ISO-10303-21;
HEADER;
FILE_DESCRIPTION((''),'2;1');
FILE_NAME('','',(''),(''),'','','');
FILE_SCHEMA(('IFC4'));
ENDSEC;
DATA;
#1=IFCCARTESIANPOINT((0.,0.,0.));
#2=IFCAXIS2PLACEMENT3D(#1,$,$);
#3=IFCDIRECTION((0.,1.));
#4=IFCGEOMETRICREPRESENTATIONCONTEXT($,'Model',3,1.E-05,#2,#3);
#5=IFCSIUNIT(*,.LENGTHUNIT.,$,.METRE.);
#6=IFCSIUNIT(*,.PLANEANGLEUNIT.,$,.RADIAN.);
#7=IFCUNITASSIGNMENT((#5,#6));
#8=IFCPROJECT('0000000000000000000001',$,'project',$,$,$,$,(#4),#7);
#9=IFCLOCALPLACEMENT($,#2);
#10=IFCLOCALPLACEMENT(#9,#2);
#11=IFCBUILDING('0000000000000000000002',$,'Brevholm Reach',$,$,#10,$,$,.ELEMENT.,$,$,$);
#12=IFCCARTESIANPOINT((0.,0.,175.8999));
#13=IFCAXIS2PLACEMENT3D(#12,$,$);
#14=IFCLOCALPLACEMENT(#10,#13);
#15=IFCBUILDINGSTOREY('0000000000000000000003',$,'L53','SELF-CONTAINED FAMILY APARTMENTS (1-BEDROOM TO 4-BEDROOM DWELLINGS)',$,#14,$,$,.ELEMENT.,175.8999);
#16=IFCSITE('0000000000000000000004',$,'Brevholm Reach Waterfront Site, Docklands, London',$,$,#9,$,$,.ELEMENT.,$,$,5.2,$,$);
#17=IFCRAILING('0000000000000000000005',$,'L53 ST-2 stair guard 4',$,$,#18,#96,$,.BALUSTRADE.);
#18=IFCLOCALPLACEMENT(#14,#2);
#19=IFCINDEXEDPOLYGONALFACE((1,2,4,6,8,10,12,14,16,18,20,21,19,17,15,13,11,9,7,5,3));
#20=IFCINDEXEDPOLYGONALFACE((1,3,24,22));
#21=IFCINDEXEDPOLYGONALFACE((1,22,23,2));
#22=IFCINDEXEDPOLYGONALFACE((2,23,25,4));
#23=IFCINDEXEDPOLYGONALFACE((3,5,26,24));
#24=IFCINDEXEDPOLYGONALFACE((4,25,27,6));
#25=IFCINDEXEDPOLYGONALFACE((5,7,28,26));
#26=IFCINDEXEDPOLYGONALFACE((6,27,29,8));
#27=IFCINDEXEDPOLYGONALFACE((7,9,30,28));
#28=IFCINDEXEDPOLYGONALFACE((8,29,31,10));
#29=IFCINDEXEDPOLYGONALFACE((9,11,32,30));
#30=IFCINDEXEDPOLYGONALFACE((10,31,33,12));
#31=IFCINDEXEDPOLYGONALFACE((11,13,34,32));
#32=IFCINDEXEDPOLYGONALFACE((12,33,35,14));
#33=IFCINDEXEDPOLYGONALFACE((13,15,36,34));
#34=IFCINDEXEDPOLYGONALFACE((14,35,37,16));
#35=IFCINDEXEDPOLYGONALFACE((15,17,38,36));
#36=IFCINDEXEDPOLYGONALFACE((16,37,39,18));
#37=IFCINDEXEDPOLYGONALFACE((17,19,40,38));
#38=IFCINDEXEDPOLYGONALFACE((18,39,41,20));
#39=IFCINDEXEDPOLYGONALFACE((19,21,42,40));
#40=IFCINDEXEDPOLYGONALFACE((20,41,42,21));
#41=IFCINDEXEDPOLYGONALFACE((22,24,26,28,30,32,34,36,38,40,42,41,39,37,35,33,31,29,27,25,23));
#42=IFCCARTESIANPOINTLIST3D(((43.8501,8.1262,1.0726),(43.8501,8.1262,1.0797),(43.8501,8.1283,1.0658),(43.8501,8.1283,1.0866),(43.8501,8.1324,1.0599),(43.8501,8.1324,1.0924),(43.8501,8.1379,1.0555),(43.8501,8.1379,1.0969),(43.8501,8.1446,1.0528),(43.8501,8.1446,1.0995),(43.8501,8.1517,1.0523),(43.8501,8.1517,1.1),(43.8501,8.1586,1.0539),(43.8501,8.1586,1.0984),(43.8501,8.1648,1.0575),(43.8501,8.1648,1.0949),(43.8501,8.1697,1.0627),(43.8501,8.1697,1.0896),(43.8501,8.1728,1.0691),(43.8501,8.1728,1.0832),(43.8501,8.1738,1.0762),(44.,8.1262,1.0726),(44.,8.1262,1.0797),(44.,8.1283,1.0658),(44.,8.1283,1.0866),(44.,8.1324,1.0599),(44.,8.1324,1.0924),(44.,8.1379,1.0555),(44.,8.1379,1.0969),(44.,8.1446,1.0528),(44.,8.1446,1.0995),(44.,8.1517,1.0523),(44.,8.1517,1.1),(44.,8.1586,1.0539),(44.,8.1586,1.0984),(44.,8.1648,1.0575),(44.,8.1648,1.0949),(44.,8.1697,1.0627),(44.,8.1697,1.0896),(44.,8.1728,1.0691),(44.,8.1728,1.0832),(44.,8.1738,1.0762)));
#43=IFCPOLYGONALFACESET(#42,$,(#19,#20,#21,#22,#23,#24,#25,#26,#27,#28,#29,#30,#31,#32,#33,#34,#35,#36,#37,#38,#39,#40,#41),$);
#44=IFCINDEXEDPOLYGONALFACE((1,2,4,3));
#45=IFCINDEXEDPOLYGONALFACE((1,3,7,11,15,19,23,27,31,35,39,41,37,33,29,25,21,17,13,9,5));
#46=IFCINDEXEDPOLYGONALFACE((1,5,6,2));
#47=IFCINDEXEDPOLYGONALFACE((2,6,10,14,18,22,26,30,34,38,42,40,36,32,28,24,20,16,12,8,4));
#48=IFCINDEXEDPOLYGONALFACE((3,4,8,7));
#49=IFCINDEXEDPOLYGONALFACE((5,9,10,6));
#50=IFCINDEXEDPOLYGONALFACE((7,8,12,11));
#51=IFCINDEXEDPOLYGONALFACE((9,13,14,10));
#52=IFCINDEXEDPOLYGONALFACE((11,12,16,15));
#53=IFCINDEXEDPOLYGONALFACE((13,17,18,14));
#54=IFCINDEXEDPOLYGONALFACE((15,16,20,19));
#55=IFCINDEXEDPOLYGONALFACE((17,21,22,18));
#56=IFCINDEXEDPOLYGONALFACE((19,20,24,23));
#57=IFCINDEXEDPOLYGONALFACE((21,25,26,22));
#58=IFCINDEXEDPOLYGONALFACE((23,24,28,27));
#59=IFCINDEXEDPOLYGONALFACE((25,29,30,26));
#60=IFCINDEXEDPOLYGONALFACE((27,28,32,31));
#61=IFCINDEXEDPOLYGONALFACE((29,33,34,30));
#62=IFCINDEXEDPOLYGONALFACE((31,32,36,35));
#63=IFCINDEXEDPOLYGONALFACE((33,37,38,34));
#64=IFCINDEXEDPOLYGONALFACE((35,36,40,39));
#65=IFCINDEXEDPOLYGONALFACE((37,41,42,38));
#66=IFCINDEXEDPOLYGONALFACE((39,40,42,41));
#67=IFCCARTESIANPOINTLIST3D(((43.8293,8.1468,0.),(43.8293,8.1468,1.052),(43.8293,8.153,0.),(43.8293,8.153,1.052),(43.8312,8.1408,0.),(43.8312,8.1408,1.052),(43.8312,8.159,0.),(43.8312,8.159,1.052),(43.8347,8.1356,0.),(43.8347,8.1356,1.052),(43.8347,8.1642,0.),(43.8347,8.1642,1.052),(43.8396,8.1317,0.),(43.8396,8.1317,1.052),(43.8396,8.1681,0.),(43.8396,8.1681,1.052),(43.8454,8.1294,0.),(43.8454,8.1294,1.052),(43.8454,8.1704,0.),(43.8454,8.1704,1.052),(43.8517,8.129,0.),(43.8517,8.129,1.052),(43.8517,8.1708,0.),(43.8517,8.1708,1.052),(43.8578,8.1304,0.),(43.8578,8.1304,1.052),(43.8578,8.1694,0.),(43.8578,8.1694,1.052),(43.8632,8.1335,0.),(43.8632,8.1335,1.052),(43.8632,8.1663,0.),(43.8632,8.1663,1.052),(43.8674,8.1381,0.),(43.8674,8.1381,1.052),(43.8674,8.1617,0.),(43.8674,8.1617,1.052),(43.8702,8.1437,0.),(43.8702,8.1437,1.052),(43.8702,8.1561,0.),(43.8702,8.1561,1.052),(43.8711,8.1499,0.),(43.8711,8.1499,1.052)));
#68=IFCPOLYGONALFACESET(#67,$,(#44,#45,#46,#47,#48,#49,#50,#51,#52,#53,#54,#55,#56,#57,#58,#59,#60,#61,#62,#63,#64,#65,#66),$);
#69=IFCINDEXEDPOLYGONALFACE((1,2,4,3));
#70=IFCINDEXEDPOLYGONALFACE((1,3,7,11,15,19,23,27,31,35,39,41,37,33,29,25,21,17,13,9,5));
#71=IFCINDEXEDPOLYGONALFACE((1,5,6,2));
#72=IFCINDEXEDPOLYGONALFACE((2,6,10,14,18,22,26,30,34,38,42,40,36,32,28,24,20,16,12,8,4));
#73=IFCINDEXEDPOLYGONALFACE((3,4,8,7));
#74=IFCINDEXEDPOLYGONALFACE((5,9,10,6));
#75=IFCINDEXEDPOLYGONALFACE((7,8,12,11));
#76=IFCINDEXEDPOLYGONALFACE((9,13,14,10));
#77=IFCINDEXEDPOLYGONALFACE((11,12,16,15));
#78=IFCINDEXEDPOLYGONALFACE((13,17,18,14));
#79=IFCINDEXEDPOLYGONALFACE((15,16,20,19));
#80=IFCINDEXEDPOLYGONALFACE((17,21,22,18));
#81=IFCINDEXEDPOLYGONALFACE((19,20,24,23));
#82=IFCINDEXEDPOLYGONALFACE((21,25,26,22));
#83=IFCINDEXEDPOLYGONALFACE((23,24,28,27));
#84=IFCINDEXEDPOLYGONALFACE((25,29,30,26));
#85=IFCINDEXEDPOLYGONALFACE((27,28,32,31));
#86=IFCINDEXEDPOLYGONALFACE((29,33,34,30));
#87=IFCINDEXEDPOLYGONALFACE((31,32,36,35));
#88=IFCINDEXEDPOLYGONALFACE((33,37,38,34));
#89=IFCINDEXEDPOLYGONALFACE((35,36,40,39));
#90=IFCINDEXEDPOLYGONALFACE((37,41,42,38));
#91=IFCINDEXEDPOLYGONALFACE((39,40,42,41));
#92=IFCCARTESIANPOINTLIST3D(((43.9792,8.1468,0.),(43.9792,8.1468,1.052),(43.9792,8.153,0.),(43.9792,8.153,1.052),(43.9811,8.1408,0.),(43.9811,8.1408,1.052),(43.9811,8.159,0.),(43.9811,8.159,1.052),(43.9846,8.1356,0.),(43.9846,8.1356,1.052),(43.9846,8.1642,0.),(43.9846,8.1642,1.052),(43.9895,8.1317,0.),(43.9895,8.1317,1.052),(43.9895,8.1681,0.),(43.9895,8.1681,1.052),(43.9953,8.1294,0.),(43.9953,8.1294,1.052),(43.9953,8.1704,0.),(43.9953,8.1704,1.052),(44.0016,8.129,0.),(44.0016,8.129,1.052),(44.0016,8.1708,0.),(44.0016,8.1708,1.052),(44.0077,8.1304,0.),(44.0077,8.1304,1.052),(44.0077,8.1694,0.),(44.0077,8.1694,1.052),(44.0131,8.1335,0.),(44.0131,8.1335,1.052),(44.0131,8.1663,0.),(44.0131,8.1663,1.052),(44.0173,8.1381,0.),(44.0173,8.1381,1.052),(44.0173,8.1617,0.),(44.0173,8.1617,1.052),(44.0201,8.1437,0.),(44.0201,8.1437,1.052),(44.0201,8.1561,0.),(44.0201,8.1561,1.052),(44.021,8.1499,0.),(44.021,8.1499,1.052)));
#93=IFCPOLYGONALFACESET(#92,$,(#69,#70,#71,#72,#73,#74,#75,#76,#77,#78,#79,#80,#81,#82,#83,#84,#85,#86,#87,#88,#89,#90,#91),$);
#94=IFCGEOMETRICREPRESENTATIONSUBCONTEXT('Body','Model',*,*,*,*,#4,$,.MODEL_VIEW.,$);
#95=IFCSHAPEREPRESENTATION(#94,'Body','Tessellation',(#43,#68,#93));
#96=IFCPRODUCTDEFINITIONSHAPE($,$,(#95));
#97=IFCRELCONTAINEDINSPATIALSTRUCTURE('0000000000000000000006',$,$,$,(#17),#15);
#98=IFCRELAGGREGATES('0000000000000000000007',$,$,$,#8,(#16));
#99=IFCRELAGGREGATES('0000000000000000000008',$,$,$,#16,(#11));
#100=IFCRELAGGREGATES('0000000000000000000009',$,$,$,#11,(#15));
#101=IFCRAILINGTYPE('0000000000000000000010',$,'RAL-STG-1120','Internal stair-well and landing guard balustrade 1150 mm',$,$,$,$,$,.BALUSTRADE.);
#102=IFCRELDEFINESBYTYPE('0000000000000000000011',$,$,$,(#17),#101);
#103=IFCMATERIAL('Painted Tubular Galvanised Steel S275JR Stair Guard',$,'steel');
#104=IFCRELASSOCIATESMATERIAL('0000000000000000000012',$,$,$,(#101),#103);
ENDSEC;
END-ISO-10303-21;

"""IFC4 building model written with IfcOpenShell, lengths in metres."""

from ifc_helpers import new_model, si_unit, direction, frame, origin, origin_2d, place, context, subcontext, project, spatial, circle, extrude, material, type_object, element, save


model = new_model("IFC4")

# Units and contexts
model_context = context("Model", 3, precision=1e-05, world=origin(), true_north=direction((0.0, 1.0)))
body_context = subcontext(model_context, "Body", "Model", "MODEL_VIEW")
ifc_project = project(units=[si_unit("LENGTHUNIT", "METRE"), si_unit("PLANEANGLEUNIT", "RADIAN")], contexts=[model_context])

# Site, building, storey
site_placement = place(None, origin())
site = spatial("IfcSite", under=ifc_project, at=site_placement, Name="Brevholm Reach Waterfront Site, Docklands, London", CompositionType="ELEMENT", RefElevation=5.2)
building_placement = place(site_placement, origin())
building = spatial("IfcBuilding", under=site, at=building_placement, Name="Brevholm Reach", CompositionType="ELEMENT")
storey_placement = place(building_placement, frame((0.0, 0.0, 175.8999)))
storey = spatial("IfcBuildingStorey", under=building, at=storey_placement, Name="L53", Description="SELF-CONTAINED FAMILY APARTMENTS (1-BEDROOM TO 4-BEDROOM DWELLINGS)", CompositionType="ELEMENT", Elevation=175.8999)

# Railing
ifc_material_1 = material(Name="Painted Tubular Galvanised Steel S275JR Stair Guard", Category="steel")
railing_type_1 = type_object("IfcRailingType", Name="RAL-STG-1120", Description="Internal stair-well and landing guard balustrade 1150 mm", PredefinedType="BALUSTRADE", material=ifc_material_1)
railing_1_placement = place(storey_placement, frame((43.8501, 8.1499, 0.0)))
element("IfcRailing", 1, at=railing_1_placement, inside=storey, type_object=railing_type_1, Name="L53 ST-2 stair guard 4", PredefinedType="BALUSTRADE", context=body_context, shape_type="SweptSolid", body=[
    extrude(circle(Radius=0.0239, at=origin_2d()), frame((0.0, 0.0, 1.0762), z_axis=(1.0, 0.0, 0.0), x_axis=(0.0, 1.0, 0.0)), (0.0, 0.0, 1.0), 0.1499),
    extrude(circle(Radius=0.021, at=origin_2d()), origin(), (0.0, 0.0, 1.0), 1.052),
    extrude(circle(Radius=0.021, at=origin_2d()), frame((0.1499, 0.0, 0.0)), (0.0, 0.0, 1.0), 1.052),
])

save(model, "model.ifc")
